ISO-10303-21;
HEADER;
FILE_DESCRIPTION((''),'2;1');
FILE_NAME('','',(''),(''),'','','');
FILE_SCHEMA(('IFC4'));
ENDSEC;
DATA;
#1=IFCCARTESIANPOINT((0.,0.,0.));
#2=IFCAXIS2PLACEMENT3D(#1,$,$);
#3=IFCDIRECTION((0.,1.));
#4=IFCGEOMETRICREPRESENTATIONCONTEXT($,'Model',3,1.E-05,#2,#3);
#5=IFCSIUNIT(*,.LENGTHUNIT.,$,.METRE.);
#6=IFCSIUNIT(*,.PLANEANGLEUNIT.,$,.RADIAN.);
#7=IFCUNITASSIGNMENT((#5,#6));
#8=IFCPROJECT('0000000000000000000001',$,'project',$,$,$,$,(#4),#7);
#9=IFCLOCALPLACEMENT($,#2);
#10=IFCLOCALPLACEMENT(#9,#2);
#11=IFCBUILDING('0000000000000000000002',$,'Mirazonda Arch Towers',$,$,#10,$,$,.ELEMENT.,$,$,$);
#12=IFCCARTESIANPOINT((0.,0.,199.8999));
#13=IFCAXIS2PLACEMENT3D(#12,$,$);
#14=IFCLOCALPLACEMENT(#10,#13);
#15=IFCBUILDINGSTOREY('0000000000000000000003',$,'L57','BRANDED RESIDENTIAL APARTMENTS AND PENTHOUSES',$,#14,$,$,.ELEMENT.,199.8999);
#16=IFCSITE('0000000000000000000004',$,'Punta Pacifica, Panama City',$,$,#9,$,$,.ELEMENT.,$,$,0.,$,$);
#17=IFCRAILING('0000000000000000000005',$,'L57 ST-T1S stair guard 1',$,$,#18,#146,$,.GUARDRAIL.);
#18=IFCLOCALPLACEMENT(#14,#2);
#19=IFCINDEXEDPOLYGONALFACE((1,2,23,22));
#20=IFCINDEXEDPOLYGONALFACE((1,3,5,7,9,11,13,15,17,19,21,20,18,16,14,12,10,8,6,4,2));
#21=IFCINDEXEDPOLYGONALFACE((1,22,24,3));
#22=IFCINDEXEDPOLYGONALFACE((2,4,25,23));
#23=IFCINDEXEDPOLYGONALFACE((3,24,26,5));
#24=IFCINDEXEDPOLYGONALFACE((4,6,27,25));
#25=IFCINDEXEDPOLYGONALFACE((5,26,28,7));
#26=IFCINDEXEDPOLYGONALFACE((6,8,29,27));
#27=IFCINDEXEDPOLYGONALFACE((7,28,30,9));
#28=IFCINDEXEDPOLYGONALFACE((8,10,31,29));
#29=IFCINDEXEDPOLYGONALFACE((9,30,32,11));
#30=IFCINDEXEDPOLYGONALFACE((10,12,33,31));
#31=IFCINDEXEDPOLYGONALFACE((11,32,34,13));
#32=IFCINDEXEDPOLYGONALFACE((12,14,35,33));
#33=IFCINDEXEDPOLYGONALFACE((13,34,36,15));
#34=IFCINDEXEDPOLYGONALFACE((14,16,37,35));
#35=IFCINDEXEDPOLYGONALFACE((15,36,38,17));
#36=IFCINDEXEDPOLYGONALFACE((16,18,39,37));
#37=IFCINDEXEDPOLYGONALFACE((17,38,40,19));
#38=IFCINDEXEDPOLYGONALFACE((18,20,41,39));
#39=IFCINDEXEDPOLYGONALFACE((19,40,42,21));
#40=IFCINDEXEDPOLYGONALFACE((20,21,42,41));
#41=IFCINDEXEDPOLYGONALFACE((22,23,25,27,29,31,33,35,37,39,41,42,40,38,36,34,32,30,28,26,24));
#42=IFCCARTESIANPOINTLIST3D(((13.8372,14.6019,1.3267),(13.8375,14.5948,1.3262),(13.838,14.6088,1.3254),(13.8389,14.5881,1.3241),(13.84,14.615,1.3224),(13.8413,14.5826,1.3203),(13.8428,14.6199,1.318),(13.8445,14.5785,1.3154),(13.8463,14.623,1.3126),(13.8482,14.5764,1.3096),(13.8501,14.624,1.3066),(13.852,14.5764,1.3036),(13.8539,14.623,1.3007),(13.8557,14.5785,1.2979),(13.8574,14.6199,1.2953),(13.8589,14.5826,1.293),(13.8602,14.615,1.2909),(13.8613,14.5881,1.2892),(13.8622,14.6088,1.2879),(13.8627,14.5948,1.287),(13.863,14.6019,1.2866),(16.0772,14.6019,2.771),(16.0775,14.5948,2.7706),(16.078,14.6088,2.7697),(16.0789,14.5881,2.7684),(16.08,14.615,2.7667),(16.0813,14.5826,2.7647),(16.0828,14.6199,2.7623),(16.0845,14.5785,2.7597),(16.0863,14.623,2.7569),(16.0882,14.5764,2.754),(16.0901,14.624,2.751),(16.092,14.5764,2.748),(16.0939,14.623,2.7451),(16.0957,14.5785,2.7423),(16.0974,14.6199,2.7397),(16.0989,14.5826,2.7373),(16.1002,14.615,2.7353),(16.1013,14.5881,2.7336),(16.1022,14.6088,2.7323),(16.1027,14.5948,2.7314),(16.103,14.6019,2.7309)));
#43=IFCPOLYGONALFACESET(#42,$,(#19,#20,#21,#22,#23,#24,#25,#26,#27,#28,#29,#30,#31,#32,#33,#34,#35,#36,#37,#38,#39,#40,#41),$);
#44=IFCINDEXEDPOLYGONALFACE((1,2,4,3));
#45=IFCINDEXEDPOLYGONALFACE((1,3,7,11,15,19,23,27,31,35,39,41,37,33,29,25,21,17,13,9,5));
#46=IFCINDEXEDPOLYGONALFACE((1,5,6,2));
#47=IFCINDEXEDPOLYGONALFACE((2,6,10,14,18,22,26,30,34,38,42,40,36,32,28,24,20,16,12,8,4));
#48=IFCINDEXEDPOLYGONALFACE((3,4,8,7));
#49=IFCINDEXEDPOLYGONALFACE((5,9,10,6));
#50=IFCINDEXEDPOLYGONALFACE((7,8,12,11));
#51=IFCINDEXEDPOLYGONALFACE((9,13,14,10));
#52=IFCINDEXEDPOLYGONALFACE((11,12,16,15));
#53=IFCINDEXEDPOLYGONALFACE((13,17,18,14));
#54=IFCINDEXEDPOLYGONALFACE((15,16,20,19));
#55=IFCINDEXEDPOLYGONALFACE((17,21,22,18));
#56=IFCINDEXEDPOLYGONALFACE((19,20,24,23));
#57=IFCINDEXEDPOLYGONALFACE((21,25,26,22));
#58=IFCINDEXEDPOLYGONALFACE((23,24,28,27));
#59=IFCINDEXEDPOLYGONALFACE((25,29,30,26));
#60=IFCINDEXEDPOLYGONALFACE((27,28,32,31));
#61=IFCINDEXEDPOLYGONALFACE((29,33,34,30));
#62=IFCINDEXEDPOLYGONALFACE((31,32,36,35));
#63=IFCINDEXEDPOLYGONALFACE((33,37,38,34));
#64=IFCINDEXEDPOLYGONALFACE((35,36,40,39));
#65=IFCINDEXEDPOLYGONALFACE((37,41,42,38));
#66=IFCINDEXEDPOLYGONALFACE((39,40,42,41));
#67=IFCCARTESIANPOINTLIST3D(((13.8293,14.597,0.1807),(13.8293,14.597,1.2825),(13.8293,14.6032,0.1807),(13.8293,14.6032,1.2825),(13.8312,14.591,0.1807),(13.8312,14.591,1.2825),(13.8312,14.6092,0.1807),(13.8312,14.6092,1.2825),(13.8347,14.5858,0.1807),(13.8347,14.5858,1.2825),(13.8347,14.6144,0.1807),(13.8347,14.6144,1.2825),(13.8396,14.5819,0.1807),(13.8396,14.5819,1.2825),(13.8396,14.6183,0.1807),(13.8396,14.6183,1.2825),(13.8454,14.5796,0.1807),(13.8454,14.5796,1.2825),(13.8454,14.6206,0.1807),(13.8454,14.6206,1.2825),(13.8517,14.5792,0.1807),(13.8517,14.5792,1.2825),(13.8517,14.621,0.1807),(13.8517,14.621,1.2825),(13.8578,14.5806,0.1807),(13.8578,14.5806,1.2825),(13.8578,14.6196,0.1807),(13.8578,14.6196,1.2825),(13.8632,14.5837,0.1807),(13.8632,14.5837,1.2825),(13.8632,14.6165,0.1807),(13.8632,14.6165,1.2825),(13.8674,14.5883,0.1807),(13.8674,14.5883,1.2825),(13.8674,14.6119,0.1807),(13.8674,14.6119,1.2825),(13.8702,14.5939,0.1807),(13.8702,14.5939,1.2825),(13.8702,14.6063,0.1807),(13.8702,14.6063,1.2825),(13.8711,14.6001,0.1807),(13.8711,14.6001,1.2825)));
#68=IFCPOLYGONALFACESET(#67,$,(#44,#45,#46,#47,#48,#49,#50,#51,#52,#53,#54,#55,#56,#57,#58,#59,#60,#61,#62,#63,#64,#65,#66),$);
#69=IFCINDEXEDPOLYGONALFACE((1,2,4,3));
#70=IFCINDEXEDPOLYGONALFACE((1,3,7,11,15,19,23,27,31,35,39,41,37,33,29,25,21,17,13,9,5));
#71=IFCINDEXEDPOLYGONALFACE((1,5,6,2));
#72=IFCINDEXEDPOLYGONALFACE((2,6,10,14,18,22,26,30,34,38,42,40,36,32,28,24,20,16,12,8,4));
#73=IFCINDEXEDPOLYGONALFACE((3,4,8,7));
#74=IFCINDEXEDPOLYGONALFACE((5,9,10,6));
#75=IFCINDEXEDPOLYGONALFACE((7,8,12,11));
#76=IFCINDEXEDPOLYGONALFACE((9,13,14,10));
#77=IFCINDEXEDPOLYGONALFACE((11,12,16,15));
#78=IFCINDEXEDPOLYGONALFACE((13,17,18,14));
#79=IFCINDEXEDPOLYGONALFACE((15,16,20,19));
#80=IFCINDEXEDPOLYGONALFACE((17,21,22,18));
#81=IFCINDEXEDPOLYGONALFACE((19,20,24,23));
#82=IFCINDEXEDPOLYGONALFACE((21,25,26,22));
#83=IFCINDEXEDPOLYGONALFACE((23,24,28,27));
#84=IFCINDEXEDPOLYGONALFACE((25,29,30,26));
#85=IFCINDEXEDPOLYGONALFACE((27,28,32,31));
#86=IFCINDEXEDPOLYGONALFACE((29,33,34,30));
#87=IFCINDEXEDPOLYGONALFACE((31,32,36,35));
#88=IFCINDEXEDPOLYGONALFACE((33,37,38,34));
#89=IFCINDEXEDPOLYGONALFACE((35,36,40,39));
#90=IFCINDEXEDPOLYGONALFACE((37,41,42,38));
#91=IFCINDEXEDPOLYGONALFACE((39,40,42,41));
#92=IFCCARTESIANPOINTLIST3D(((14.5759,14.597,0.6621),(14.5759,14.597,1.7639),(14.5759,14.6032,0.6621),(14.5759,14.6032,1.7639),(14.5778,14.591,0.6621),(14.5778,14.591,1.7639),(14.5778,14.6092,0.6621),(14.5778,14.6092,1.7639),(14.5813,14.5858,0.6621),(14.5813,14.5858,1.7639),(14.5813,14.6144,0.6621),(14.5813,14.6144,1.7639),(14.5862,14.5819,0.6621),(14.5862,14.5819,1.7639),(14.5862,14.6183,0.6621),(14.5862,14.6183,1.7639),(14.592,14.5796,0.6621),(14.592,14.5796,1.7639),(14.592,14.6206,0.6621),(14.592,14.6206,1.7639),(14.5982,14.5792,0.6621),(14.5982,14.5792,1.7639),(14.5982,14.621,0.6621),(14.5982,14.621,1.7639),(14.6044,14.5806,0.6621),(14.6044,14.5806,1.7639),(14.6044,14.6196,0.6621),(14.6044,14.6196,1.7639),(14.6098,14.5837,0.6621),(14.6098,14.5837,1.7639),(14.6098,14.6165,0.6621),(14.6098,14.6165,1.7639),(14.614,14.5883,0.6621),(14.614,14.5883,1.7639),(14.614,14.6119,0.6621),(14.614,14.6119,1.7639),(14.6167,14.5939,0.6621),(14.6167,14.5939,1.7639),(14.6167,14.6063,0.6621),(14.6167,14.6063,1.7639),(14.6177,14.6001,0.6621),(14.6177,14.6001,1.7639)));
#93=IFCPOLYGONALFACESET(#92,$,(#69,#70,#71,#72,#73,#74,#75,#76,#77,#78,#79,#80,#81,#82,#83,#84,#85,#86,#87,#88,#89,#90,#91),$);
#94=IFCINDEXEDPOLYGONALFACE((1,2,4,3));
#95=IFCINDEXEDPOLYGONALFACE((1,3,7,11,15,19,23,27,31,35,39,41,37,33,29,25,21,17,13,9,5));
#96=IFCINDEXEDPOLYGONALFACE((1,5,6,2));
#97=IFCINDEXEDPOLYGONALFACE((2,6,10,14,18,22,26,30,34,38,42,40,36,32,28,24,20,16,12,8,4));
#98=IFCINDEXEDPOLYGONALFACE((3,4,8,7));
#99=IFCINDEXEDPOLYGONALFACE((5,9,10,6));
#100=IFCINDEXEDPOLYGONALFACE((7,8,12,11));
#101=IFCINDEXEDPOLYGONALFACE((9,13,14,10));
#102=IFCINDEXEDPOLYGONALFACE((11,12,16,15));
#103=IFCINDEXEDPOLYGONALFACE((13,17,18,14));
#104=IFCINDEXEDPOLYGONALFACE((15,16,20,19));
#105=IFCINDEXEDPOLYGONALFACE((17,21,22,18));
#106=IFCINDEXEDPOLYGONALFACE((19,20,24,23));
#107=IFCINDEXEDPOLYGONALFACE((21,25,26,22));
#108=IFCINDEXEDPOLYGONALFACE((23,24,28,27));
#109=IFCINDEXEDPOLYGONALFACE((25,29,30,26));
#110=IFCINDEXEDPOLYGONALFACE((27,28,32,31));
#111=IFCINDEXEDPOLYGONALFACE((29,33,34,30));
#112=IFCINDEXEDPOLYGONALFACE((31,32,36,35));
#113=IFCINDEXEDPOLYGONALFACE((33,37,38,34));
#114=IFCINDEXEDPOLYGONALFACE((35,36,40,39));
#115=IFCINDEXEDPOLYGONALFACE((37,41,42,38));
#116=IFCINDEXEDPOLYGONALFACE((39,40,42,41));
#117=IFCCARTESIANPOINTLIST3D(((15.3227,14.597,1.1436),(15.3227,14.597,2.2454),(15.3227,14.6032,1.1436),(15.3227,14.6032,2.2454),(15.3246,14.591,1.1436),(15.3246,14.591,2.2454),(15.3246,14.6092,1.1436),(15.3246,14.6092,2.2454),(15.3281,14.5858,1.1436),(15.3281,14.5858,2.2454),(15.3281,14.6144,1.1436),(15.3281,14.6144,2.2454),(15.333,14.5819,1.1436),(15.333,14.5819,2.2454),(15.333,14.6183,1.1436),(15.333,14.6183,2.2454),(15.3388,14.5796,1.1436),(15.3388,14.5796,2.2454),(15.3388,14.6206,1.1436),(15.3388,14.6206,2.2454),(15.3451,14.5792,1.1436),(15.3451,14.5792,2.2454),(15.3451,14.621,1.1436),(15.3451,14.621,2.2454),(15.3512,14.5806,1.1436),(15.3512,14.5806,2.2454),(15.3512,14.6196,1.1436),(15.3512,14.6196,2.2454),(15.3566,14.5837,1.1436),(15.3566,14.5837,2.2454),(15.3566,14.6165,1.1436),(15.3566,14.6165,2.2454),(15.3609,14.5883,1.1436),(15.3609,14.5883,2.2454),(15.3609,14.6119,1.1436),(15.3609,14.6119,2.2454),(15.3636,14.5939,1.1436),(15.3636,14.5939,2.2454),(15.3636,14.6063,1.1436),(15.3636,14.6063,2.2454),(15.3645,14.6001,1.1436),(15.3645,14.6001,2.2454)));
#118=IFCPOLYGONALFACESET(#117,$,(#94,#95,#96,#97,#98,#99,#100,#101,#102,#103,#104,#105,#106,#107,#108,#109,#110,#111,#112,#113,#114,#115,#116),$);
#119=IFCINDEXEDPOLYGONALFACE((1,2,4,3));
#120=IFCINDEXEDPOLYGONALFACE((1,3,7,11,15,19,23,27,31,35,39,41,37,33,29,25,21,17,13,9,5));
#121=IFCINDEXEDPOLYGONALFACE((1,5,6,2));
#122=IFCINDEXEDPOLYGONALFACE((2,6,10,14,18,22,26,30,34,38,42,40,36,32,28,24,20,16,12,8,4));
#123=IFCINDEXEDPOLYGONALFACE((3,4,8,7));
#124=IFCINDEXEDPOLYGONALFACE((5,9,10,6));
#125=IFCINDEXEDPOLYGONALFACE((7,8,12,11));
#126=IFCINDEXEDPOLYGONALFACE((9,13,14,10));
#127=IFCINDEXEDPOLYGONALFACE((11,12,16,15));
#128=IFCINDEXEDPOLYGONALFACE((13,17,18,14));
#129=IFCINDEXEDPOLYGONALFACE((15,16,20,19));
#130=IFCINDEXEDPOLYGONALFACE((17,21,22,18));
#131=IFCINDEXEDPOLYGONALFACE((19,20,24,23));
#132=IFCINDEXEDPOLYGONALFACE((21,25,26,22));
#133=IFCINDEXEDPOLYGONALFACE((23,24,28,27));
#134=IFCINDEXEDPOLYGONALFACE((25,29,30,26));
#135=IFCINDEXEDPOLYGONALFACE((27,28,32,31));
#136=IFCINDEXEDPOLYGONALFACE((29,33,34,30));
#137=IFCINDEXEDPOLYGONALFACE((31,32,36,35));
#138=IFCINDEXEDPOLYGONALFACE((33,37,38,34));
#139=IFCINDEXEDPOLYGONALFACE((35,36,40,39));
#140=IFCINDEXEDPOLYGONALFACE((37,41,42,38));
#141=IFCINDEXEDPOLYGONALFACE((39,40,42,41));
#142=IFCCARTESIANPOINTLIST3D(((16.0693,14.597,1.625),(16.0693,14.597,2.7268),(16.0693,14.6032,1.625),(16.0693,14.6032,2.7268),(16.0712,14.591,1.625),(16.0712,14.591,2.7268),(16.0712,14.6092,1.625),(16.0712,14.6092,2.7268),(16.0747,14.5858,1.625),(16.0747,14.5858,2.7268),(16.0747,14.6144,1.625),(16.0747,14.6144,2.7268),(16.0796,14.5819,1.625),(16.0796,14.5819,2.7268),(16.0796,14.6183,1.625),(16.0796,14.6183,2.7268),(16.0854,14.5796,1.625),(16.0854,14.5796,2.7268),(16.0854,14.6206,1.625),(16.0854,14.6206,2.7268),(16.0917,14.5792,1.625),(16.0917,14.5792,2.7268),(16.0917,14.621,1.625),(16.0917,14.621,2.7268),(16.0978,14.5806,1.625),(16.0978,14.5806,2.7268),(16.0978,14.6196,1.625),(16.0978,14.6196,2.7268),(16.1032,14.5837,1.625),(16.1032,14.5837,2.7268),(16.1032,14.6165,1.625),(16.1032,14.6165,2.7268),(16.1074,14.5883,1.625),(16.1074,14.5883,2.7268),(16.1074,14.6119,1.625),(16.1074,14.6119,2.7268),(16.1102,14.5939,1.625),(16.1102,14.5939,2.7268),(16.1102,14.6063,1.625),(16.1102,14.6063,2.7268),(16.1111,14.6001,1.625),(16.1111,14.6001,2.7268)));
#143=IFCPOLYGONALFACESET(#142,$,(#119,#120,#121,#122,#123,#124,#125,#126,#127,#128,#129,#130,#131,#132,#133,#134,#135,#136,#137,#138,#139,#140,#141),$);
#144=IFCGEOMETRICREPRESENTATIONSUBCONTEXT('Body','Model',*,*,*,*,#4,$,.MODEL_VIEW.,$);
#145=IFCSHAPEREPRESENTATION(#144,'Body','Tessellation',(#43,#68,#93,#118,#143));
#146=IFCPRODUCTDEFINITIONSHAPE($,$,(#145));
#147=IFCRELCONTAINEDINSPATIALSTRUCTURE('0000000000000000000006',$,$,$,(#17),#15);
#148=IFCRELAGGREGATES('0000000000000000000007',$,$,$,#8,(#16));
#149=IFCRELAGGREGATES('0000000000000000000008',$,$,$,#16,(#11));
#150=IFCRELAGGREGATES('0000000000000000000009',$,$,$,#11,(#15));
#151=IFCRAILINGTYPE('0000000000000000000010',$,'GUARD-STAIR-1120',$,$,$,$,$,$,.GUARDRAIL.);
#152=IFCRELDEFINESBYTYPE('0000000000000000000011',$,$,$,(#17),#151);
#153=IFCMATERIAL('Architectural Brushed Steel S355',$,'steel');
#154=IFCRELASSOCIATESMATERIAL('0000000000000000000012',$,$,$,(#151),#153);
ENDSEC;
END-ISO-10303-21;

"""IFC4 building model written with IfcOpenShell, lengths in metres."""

from ifc_helpers import new_model, si_unit, direction, frame, origin, origin_2d, place, context, subcontext, project, spatial, circle, extrude, material, type_object, element, save


model = new_model("IFC4")

# Units and contexts
model_context = context("Model", 3, precision=1e-05, world=origin(), true_north=direction((0.0, 1.0)))
body_context = subcontext(model_context, "Body", "Model", "MODEL_VIEW")
ifc_project = project(units=[si_unit("LENGTHUNIT", "METRE"), si_unit("PLANEANGLEUNIT", "RADIAN")], contexts=[model_context])

# Site, building, storey
site_placement = place(None, origin())
site = spatial("IfcSite", under=ifc_project, at=site_placement, Name="Punta Pacifica, Panama City", CompositionType="ELEMENT", RefElevation=0.0)
building_placement = place(site_placement, origin())
building = spatial("IfcBuilding", under=site, at=building_placement, Name="Mirazonda Arch Towers", CompositionType="ELEMENT")
storey_placement = place(building_placement, frame((0.0, 0.0, 199.8999)))
storey = spatial("IfcBuildingStorey", under=building, at=storey_placement, Name="L57", Description="BRANDED RESIDENTIAL APARTMENTS AND PENTHOUSES", CompositionType="ELEMENT", Elevation=199.8999)

# Shared definitions
ifc_material_1 = material(Name="Architectural Brushed Steel S355", Category="steel")

# Railing
railing_type_1 = type_object("IfcRailingType", Name="GUARD-STAIR-1120", PredefinedType="GUARDRAIL", material=ifc_material_1)
railing_1_placement = place(storey_placement, frame((13.8501, 14.6001, 0.1807)))
element("IfcRailing", 1, at=railing_1_placement, inside=storey, type_object=railing_type_1, Name="L57 ST-T1S stair guard 1", PredefinedType="GUARDRAIL", context=body_context, shape_type="SweptSolid", body=[
    extrude(circle(Radius=0.0239, at=origin_2d()), frame((0.0, 0.0, 1.126), z_axis=(0.840437, 0.0, 0.54191), x_axis=(0.0, 1.0, 0.0)), (0.0, 0.0, 1.0), 2.6653),
    extrude(circle(Radius=0.021, at=origin_2d()), origin(), (0.0, 0.0, 1.0), 1.1018),
    extrude(circle(Radius=0.021, at=origin_2d()), frame((0.7466, 0.0, 0.4814)), (0.0, 0.0, 1.0), 1.1018),
    extrude(circle(Radius=0.021, at=origin_2d()), frame((1.4934, 0.0, 0.9629)), (0.0, 0.0, 1.0), 1.1018),
    extrude(circle(Radius=0.021, at=origin_2d()), frame((2.24, 0.0, 1.4443)), (0.0, 0.0, 1.0), 1.1018),
])

save(model, "model.ifc")
